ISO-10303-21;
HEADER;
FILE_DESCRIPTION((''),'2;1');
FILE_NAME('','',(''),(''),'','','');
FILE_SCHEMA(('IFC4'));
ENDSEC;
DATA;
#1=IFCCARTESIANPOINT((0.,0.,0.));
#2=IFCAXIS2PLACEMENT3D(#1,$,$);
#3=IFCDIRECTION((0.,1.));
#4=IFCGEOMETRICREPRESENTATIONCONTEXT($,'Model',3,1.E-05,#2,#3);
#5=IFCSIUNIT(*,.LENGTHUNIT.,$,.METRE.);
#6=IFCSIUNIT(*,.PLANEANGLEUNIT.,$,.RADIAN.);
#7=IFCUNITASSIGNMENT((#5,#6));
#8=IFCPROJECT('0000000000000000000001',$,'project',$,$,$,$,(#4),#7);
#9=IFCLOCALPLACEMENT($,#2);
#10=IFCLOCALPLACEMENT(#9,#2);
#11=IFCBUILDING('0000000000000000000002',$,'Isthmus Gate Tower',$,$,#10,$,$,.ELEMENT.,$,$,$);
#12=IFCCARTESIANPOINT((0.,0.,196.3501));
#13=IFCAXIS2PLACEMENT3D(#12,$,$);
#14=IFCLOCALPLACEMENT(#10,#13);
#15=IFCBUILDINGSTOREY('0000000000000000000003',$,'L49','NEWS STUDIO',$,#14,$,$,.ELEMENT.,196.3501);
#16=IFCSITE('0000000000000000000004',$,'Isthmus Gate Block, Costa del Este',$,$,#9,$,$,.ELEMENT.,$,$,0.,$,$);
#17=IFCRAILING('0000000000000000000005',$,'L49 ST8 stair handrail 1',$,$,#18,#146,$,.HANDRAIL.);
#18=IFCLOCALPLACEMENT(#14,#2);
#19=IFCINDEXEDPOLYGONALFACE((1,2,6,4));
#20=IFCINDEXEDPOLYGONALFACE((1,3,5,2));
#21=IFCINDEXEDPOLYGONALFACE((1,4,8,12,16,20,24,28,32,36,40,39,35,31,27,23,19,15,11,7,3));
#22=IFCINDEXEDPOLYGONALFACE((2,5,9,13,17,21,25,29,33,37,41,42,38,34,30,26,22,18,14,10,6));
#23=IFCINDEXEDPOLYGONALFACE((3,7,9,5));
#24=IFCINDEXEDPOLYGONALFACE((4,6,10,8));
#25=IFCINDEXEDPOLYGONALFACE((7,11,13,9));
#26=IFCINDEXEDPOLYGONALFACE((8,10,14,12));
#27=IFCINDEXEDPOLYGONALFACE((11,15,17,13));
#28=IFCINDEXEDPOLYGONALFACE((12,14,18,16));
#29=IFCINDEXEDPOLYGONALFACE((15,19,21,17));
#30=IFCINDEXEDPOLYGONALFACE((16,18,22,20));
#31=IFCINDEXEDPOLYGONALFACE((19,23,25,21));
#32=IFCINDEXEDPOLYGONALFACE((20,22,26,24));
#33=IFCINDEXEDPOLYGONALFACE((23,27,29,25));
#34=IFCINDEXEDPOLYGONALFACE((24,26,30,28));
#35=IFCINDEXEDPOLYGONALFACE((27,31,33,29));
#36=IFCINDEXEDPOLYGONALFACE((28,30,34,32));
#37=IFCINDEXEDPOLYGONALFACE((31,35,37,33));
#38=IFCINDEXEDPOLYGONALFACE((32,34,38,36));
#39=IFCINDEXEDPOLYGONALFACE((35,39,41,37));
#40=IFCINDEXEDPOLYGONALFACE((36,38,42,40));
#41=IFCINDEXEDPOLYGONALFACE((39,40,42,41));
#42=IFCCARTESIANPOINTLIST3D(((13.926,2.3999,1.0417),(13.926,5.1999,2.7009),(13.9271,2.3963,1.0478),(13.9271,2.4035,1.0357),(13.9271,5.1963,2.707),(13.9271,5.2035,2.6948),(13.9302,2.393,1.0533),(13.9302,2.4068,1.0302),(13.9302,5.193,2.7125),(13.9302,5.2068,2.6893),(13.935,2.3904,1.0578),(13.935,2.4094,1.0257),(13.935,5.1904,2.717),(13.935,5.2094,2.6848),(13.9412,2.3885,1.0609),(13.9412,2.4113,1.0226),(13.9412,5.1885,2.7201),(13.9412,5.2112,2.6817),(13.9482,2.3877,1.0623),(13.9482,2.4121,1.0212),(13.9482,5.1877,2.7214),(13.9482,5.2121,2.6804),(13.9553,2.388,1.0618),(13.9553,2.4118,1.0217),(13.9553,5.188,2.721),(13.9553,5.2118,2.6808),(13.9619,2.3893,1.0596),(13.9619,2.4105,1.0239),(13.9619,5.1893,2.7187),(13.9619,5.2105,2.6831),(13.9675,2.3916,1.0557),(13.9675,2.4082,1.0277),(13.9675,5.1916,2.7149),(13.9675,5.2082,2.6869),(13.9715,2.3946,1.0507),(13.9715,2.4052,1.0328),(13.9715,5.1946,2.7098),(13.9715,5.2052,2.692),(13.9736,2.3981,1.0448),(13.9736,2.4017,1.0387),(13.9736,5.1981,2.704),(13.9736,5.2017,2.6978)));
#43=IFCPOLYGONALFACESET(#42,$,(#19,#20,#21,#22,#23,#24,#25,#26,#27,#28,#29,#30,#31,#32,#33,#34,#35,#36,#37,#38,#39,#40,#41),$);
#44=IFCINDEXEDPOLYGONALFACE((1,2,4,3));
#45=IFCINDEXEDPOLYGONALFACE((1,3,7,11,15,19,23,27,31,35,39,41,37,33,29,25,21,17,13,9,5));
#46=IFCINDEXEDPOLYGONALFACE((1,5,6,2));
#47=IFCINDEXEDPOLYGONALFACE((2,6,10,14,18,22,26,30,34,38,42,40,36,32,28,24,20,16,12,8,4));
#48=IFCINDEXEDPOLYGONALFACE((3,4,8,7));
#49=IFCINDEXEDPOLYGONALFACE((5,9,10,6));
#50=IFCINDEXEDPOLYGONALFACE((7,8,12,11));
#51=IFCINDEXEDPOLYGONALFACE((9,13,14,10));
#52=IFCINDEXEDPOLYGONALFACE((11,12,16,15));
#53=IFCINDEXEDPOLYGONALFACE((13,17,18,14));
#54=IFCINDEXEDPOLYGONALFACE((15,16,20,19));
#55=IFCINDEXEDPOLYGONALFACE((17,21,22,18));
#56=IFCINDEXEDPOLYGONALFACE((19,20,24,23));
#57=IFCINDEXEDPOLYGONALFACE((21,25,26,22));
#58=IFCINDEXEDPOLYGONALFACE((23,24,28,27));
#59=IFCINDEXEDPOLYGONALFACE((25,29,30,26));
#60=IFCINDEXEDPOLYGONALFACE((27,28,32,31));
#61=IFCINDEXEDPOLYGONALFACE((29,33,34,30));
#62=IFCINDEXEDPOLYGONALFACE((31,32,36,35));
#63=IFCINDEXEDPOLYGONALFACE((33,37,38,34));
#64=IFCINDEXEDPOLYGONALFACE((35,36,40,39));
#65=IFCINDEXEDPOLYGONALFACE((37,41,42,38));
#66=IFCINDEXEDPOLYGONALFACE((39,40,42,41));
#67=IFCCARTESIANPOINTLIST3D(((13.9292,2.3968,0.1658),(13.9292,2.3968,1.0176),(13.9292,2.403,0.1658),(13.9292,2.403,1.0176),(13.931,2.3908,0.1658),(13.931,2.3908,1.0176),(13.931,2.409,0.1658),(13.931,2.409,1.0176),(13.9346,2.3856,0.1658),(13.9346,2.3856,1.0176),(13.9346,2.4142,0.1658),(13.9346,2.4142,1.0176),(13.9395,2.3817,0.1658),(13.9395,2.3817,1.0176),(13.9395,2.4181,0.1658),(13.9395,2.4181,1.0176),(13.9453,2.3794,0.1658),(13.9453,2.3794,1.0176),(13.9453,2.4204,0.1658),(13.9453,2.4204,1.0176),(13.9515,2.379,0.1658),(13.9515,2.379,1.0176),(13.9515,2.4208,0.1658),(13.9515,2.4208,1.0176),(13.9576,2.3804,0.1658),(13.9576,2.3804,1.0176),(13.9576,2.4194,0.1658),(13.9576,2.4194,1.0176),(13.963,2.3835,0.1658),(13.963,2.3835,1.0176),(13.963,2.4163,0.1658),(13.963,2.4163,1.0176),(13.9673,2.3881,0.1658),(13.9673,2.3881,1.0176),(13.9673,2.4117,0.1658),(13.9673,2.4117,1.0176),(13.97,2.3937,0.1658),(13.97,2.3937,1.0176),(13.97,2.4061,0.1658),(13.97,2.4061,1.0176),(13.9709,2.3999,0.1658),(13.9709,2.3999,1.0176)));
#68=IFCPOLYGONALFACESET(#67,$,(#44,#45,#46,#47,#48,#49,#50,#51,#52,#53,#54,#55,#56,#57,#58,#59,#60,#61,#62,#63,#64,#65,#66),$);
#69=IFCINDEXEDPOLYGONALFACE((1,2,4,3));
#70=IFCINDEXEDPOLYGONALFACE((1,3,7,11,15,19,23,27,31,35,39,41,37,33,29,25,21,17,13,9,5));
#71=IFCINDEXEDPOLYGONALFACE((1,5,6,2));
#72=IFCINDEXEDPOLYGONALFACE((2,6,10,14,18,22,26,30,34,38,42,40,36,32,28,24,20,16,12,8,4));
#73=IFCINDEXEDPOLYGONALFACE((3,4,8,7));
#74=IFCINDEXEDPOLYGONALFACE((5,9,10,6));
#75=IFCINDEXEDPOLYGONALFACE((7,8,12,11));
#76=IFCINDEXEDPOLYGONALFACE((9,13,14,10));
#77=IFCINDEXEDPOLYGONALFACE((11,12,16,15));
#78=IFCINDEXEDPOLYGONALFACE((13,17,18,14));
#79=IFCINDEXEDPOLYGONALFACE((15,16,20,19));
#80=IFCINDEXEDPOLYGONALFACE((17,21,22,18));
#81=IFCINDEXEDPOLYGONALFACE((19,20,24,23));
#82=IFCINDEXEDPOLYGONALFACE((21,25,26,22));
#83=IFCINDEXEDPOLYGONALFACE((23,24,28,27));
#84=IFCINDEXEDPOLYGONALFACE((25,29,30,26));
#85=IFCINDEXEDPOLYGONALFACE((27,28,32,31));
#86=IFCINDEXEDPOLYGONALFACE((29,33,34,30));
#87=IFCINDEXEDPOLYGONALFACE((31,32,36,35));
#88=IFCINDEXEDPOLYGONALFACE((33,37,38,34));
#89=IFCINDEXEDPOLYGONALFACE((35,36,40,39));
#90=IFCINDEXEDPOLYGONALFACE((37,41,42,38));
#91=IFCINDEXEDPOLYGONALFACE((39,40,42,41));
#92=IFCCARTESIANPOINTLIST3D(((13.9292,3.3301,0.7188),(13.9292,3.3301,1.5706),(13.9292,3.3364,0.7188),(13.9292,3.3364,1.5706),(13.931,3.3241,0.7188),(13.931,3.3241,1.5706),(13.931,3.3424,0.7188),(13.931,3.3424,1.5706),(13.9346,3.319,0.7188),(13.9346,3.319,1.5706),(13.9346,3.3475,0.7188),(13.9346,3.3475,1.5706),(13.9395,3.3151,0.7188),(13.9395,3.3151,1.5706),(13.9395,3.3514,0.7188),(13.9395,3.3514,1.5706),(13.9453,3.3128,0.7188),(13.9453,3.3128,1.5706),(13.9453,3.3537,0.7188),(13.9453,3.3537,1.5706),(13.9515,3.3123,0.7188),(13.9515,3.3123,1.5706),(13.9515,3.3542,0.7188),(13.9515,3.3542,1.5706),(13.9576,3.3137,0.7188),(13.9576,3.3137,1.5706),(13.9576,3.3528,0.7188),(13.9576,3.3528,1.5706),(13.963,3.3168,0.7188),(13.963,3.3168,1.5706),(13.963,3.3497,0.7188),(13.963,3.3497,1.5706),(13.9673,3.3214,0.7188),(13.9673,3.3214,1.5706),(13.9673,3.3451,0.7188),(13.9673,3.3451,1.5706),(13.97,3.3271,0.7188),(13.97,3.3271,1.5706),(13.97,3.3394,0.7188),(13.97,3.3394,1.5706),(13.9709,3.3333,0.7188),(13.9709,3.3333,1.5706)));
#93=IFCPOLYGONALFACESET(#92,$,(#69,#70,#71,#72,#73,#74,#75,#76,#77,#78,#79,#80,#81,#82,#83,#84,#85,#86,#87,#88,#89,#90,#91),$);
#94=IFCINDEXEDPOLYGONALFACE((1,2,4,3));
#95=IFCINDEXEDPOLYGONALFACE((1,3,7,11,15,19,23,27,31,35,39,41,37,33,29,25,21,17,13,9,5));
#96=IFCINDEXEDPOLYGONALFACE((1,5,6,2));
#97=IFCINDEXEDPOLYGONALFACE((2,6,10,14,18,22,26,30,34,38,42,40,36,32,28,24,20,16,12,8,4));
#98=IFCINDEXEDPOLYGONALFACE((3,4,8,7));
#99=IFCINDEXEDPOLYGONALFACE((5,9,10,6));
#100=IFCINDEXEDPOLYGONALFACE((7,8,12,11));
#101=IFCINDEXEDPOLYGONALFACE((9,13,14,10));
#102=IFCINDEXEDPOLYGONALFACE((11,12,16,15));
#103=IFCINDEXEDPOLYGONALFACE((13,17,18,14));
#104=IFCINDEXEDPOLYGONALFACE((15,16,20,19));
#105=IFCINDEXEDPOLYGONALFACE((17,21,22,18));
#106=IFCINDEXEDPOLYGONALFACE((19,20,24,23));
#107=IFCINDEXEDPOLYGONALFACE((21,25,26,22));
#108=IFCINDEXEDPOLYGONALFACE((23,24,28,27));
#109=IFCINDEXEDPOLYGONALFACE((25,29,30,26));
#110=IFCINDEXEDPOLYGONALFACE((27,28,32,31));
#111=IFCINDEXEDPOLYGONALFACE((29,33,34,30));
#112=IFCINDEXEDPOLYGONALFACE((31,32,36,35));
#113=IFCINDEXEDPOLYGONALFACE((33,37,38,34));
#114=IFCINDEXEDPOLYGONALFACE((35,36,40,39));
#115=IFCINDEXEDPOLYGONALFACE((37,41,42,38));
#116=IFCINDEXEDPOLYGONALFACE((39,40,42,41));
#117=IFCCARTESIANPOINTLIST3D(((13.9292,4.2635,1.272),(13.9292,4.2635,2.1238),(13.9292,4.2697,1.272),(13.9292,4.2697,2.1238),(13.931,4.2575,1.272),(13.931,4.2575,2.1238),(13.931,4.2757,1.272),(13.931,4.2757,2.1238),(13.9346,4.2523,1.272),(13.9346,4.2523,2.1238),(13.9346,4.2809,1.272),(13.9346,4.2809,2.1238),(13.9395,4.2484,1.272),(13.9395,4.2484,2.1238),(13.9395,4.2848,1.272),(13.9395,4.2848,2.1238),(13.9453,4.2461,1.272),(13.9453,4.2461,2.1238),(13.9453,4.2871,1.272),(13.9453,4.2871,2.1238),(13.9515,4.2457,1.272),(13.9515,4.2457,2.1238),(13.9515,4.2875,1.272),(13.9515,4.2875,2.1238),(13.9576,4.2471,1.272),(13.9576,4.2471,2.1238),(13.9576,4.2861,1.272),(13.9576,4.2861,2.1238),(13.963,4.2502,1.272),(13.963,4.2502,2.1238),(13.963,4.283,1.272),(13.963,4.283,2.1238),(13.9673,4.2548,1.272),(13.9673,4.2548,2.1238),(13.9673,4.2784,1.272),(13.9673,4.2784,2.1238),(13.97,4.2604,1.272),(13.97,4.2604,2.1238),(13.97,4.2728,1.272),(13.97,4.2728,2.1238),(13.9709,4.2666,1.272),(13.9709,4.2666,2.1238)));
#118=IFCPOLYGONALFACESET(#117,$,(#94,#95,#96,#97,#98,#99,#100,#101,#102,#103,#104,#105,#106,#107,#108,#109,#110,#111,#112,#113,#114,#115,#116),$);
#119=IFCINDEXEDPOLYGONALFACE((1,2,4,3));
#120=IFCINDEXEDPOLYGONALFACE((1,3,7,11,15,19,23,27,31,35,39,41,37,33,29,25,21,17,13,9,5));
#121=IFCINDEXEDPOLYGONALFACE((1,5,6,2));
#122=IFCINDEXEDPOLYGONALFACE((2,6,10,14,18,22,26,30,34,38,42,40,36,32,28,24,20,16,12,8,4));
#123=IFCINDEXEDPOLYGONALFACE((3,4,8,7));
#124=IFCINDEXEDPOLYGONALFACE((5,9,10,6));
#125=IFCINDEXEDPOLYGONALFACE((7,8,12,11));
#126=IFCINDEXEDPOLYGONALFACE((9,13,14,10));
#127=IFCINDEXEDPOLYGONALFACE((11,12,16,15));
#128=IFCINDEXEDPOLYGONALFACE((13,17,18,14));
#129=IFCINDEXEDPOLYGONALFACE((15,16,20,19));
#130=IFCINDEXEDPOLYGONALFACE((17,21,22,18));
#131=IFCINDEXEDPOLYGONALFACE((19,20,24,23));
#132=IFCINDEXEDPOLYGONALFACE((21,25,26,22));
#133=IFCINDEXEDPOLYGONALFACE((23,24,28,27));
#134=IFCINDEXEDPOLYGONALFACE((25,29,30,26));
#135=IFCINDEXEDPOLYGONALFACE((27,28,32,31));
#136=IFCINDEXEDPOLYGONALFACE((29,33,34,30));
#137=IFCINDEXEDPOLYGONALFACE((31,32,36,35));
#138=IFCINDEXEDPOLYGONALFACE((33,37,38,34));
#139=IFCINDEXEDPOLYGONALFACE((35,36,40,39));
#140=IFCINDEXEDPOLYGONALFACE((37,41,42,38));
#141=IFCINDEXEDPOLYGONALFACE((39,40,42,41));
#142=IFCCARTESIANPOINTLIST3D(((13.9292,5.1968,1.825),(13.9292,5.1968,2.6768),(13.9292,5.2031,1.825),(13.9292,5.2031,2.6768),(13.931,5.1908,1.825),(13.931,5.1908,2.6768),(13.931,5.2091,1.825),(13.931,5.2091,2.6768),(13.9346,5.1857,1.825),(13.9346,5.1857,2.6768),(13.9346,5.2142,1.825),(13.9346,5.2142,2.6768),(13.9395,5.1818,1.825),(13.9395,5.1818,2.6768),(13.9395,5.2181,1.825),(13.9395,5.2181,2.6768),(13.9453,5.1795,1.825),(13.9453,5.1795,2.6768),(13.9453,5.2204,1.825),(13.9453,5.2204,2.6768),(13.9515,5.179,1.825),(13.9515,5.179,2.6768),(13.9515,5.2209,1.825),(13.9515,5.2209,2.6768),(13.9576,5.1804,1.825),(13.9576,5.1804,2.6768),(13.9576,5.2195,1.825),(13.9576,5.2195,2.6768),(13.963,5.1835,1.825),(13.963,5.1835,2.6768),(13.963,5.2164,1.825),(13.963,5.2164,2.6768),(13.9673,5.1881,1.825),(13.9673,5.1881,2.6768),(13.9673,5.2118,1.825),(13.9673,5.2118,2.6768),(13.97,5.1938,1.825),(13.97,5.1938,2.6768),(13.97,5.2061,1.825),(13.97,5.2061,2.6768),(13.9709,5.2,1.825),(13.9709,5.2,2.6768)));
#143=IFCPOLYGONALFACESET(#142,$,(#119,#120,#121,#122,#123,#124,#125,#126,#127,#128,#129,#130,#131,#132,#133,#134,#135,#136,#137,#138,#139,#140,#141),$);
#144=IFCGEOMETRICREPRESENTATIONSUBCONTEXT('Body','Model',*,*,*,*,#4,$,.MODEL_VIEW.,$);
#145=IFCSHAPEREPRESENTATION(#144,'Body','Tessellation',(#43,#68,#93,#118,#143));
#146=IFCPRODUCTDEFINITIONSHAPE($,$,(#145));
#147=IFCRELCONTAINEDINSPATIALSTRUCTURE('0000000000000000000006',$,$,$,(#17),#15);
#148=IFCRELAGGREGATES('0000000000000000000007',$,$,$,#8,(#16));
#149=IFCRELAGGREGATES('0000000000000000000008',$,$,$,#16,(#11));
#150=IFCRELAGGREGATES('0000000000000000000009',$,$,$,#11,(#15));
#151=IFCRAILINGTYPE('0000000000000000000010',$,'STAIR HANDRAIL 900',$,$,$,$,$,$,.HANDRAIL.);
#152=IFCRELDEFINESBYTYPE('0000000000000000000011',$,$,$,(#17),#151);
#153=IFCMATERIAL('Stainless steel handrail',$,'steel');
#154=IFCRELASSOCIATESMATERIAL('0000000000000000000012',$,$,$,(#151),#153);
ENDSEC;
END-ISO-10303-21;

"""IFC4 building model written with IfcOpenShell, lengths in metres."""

from ifc_helpers import new_model, si_unit, direction, frame, origin, origin_2d, place, context, subcontext, project, spatial, circle, extrude, material, type_object, element, save


model = new_model("IFC4")

# Units and contexts
model_context = context("Model", 3, precision=1e-05, world=origin(), true_north=direction((0.0, 1.0)))
body_context = subcontext(model_context, "Body", "Model", "MODEL_VIEW")
ifc_project = project(units=[si_unit("LENGTHUNIT", "METRE"), si_unit("PLANEANGLEUNIT", "RADIAN")], contexts=[model_context])

# Site, building, storey
site_placement = place(None, origin())
site = spatial("IfcSite", under=ifc_project, at=site_placement, Name="Isthmus Gate Block, Costa del Este", CompositionType="ELEMENT", RefElevation=0.0)
building_placement = place(site_placement, origin())
building = spatial("IfcBuilding", under=site, at=building_placement, Name="Isthmus Gate Tower", CompositionType="ELEMENT")
storey_placement = place(building_placement, frame((0.0, 0.0, 196.3501)))
storey = spatial("IfcBuildingStorey", under=building, at=storey_placement, Name="L49", Description="NEWS STUDIO", CompositionType="ELEMENT", Elevation=196.3501)

# Railing
ifc_material_1 = material(Name="Stainless steel handrail", Category="steel")
railing_type_1 = type_object("IfcRailingType", Name="STAIR HANDRAIL 900", PredefinedType="HANDRAIL", material=ifc_material_1)
railing_1_placement = place(storey_placement, frame((13.95, 2.3999, 0.1658)))
element("IfcRailing", 1, at=railing_1_placement, inside=storey, type_object=railing_type_1, Name="L49 ST8 stair handrail 1", PredefinedType="HANDRAIL", context=body_context, shape_type="SweptSolid", body=[
    extrude(circle(Radius=0.0239, at=origin_2d()), frame((0.0, 0.0, 0.876), z_axis=(0.0, 0.860306, 0.509778), x_axis=(-1.0, 0.0, 0.0)), (0.0, 0.0, 1.0), 3.2546),
    extrude(circle(Radius=0.021, at=origin_2d()), origin(), (0.0, 0.0, 1.0), 0.8518),
    extrude(circle(Radius=0.021, at=origin_2d()), frame((0.0, 0.9333, 0.553)), (0.0, 0.0, 1.0), 0.8518),
    extrude(circle(Radius=0.021, at=origin_2d()), frame((0.0, 1.8667, 1.1062)), (0.0, 0.0, 1.0), 0.8518),
    extrude(circle(Radius=0.021, at=origin_2d()), frame((0.0, 2.8, 1.6592)), (0.0, 0.0, 1.0), 0.8518),
])

save(model, "model.ifc")
